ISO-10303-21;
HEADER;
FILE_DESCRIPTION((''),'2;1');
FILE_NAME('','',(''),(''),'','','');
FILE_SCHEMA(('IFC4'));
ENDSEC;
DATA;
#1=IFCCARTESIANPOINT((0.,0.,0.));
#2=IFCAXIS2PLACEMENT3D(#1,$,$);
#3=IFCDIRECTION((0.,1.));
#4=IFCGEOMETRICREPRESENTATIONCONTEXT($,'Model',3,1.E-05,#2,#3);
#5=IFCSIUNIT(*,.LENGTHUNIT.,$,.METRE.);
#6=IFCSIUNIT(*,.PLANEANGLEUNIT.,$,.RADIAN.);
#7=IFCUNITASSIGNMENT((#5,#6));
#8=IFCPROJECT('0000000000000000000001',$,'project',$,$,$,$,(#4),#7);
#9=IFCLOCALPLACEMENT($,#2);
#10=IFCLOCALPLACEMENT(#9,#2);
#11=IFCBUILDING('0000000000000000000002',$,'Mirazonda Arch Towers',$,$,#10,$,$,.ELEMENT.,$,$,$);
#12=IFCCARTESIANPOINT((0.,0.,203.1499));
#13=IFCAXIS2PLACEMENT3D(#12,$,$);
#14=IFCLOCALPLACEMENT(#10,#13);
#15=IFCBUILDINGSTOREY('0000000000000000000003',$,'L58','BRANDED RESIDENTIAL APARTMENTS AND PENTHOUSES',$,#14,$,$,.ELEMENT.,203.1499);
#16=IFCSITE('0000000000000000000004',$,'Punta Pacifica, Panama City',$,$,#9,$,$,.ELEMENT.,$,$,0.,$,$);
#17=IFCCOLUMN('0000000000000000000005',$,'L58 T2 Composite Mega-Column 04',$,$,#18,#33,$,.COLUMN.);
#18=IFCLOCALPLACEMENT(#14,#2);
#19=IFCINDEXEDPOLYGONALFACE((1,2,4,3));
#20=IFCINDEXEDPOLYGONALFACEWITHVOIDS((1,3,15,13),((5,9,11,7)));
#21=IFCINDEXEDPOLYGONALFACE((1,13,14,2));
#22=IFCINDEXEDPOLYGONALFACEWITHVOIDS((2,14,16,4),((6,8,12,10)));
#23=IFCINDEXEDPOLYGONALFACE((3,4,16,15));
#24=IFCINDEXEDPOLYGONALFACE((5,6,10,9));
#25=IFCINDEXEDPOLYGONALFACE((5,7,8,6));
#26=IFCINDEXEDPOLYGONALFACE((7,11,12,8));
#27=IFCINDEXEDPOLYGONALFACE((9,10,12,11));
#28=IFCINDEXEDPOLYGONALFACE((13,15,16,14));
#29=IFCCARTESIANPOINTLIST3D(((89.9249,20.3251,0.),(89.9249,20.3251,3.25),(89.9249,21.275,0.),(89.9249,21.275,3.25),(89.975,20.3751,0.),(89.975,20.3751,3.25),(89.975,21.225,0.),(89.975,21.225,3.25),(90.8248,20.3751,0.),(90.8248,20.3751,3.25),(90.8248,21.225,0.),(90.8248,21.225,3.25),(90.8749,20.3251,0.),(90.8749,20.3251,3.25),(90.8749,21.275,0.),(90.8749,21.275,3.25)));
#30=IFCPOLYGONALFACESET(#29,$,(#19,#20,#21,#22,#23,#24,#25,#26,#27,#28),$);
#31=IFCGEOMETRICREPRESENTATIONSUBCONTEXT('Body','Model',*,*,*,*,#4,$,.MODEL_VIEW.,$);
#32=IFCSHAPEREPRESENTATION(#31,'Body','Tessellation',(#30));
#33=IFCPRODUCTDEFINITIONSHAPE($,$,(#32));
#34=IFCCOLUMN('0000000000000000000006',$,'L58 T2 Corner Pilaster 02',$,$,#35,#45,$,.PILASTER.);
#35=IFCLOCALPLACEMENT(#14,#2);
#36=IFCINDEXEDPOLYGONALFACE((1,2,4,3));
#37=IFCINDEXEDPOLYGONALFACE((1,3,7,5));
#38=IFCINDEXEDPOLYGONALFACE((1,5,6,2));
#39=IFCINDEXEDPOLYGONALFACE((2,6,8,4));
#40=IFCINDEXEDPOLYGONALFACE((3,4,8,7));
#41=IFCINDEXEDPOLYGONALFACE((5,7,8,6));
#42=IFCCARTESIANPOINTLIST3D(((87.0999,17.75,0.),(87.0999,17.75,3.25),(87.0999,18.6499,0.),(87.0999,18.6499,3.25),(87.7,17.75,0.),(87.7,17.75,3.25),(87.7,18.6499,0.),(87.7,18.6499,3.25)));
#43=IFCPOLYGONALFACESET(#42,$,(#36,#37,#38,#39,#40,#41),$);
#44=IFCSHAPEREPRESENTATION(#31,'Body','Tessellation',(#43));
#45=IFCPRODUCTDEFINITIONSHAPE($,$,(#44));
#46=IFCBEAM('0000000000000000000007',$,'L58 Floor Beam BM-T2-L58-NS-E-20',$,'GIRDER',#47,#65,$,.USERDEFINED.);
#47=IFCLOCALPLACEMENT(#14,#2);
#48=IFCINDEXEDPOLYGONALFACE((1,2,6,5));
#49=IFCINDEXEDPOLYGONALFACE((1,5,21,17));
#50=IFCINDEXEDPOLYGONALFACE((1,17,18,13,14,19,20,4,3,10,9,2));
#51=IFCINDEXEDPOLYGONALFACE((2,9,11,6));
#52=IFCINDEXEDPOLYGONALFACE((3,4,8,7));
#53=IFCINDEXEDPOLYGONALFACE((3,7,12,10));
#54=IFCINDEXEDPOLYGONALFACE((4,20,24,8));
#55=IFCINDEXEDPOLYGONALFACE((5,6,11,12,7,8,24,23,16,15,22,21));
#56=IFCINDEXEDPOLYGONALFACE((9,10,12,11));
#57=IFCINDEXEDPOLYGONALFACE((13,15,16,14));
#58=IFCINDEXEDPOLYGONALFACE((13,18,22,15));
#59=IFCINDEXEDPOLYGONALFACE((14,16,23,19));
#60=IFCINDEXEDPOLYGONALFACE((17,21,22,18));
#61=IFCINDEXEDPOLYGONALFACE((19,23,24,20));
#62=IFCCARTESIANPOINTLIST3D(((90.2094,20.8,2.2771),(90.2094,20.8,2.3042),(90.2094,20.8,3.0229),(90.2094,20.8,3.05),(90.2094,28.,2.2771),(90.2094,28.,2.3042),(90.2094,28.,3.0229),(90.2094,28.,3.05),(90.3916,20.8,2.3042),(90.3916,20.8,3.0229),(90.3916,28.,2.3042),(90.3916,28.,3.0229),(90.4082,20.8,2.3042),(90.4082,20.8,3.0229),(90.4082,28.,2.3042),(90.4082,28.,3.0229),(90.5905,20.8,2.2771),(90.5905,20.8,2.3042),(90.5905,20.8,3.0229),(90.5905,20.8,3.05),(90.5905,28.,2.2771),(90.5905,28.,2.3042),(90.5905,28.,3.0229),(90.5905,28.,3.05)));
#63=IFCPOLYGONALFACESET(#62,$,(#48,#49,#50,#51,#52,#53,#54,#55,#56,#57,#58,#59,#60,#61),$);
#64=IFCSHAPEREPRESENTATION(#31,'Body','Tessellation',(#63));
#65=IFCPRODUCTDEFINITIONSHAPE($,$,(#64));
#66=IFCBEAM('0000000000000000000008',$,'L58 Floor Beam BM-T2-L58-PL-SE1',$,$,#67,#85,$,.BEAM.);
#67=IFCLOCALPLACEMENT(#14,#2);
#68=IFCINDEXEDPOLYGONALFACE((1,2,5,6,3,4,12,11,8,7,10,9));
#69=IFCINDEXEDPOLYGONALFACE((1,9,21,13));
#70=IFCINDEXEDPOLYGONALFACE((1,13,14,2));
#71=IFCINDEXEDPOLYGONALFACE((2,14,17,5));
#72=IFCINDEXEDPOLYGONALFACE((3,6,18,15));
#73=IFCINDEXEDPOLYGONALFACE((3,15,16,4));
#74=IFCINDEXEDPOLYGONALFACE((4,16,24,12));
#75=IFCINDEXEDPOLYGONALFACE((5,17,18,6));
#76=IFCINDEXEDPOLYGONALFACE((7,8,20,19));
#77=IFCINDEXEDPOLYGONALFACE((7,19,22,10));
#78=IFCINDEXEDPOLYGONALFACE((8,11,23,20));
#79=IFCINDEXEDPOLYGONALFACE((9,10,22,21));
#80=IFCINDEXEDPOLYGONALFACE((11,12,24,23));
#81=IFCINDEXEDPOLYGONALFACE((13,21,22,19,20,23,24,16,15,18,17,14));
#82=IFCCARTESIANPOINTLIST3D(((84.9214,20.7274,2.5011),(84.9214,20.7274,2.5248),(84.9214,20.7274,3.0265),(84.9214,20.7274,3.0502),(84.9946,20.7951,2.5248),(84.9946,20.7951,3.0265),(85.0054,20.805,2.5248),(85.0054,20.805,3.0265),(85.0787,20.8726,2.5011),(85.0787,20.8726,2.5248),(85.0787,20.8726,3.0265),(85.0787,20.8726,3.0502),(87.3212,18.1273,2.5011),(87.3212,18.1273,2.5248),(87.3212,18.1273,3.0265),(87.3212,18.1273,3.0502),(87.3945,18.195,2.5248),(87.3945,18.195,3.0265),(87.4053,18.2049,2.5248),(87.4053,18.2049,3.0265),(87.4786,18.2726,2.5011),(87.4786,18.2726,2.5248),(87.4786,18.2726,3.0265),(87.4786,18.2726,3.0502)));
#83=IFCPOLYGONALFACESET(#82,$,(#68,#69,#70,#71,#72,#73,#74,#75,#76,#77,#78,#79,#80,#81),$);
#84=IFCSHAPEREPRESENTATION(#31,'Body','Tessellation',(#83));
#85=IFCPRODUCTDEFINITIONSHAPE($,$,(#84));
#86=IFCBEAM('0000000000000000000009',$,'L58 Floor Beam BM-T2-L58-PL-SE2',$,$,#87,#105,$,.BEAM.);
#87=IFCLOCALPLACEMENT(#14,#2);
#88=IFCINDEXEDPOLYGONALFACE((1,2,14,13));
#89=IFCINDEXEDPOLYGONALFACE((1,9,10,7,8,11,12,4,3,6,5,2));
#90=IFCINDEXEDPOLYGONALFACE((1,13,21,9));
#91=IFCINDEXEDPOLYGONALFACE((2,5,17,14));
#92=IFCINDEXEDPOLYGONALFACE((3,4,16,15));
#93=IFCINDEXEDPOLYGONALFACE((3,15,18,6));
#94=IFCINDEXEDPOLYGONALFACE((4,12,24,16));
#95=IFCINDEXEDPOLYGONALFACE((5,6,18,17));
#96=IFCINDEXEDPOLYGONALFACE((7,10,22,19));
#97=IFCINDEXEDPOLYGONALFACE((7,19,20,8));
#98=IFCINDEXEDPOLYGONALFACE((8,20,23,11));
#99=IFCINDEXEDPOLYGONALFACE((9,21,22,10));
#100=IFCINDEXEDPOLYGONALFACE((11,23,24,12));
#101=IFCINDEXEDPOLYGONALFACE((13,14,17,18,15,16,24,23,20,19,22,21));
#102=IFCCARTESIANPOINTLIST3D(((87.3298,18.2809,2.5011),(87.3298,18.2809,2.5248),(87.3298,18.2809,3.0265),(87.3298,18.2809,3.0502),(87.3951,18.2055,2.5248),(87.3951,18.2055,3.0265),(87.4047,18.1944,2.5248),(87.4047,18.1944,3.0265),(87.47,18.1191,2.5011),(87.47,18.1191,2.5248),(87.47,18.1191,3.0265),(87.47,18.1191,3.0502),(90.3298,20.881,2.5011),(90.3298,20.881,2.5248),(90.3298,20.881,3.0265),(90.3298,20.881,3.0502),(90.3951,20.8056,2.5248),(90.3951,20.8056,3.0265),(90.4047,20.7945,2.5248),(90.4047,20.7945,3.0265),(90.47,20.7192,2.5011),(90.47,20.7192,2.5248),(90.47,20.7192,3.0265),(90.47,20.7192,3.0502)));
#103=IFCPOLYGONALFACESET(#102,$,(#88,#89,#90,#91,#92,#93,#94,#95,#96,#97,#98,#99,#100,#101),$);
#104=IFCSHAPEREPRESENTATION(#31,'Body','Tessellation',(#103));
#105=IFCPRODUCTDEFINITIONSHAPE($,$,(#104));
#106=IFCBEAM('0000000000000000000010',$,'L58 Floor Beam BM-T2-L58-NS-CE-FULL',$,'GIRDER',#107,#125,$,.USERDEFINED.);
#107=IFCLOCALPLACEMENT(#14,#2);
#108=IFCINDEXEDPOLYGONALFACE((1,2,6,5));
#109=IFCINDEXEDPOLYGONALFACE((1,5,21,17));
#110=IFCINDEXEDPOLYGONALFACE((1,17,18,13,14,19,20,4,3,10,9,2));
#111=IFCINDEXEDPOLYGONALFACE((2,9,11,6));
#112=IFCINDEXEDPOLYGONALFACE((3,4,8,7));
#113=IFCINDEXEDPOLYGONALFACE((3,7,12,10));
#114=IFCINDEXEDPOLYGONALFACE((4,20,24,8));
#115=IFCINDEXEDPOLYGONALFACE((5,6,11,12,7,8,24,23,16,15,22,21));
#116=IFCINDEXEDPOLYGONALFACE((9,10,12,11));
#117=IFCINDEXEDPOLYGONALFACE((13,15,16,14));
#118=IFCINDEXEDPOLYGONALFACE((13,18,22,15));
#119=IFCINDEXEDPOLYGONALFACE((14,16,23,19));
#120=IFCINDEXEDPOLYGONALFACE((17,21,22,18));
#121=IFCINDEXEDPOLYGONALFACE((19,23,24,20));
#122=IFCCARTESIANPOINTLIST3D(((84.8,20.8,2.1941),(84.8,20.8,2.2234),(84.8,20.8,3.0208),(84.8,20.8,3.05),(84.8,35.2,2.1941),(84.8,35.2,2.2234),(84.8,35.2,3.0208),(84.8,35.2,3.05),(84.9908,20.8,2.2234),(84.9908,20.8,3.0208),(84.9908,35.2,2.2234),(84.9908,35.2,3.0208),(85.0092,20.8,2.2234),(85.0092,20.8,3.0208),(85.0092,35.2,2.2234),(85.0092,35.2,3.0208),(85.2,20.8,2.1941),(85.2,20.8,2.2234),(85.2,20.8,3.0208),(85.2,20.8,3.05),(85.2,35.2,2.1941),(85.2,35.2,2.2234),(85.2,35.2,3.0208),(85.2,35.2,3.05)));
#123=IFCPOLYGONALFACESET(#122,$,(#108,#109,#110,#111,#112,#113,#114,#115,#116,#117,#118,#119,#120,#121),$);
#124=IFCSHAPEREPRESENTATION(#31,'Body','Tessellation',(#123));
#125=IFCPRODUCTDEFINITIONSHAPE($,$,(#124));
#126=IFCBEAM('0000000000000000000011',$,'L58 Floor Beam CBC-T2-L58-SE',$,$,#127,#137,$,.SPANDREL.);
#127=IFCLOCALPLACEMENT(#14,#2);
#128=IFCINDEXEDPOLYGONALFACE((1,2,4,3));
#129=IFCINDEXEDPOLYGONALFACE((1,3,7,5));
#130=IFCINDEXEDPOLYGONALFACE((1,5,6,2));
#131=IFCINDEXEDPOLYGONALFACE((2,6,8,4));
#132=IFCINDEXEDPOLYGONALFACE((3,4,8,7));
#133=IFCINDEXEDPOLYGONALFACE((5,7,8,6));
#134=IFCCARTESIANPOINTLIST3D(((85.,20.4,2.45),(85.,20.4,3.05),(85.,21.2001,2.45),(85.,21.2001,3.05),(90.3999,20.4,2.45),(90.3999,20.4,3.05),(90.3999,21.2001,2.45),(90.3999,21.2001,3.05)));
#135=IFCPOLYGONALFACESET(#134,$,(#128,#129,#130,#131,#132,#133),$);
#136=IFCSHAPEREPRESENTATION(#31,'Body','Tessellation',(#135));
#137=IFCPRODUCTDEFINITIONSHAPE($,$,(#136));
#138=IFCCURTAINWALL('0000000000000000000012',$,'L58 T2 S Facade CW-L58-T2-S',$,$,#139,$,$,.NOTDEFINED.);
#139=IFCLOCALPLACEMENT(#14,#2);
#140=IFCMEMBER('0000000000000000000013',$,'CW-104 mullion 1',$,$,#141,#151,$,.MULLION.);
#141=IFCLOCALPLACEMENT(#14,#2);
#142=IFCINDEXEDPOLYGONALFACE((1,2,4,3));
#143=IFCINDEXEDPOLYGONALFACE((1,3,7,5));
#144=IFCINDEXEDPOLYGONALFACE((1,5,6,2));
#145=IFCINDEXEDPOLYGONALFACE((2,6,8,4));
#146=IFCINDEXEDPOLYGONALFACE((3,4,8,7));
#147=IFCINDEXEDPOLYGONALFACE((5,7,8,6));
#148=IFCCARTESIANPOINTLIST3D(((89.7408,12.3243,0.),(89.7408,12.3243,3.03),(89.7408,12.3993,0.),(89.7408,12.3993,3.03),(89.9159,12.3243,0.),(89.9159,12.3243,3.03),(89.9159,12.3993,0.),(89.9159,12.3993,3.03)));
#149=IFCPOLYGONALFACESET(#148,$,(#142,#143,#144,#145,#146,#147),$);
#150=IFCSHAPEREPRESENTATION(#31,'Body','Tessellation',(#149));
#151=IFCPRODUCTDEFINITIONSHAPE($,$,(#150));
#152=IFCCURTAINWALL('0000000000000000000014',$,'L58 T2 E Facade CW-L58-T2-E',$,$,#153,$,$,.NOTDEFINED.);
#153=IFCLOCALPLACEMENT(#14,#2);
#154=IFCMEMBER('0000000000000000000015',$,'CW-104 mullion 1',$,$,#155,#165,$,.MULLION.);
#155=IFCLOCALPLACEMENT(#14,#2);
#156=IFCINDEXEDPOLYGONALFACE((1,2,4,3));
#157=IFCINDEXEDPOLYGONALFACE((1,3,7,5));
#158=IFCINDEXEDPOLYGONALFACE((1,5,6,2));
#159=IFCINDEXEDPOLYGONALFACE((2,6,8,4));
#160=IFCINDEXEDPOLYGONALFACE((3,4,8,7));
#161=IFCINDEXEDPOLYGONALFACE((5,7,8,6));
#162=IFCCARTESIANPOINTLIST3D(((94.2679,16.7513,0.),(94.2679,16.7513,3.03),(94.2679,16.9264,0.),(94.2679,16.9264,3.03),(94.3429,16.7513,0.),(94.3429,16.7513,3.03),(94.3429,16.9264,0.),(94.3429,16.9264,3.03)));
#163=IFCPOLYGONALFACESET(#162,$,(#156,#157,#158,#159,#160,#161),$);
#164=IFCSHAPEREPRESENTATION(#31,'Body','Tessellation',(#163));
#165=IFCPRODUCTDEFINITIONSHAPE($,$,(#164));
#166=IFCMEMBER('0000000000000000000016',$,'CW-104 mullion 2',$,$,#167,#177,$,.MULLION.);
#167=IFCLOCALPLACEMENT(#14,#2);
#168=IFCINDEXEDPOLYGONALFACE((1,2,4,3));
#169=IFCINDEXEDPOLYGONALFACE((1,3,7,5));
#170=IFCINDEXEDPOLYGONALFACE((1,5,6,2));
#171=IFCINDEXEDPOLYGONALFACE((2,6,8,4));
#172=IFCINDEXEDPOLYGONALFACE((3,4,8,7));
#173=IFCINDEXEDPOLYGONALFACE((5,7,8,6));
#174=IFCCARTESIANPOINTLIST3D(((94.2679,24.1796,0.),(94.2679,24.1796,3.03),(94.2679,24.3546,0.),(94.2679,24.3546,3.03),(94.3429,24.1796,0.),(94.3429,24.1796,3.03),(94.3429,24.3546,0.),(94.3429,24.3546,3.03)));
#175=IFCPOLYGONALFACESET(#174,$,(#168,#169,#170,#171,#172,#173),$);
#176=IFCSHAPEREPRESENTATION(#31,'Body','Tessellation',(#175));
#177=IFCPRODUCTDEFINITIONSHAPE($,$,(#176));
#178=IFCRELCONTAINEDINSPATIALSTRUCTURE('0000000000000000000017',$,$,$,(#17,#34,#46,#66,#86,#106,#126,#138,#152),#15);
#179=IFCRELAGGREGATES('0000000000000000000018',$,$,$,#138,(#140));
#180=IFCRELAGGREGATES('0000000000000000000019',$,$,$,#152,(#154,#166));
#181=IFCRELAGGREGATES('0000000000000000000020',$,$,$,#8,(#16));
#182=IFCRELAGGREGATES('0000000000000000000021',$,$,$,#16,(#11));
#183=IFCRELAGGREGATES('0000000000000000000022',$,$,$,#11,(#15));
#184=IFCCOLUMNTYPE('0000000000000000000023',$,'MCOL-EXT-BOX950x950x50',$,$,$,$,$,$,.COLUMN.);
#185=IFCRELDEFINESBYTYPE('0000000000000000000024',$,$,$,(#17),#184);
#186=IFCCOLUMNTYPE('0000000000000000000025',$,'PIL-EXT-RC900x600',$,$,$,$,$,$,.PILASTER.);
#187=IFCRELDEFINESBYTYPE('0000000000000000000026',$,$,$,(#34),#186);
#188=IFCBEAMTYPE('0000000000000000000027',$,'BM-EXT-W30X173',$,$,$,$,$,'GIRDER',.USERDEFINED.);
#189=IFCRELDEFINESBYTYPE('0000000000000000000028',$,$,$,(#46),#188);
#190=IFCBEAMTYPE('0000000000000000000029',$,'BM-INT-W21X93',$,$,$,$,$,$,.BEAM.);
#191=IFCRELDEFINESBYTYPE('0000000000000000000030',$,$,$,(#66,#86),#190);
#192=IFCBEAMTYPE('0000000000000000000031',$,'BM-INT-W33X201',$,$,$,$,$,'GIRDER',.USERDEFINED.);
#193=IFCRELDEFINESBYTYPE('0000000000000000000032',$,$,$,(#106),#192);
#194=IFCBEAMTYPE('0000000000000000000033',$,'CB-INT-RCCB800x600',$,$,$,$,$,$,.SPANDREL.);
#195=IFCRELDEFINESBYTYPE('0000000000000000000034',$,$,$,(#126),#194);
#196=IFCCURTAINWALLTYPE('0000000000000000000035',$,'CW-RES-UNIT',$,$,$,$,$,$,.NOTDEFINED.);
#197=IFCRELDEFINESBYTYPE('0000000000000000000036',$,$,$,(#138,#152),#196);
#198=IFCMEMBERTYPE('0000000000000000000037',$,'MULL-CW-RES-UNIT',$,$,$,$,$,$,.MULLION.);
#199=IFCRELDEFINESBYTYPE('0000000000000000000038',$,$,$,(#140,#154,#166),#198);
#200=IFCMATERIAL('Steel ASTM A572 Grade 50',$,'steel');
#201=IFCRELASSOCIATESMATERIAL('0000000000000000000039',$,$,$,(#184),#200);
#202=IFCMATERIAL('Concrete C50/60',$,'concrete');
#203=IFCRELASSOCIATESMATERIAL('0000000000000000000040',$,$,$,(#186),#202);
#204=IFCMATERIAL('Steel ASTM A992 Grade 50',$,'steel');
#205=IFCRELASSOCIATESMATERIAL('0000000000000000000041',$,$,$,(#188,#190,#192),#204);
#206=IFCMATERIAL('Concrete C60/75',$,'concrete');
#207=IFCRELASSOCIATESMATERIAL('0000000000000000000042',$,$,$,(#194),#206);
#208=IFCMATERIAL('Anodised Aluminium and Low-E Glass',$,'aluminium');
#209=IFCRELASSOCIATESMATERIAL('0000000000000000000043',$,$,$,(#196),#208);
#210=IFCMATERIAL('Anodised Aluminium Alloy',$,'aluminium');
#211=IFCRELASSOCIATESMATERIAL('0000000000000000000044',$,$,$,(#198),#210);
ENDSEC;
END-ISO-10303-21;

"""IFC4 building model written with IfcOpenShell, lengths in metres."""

from ifc_helpers import new_model, si_unit, direction, frame, origin, origin_2d, place, context, subcontext, project, spatial, rectangle, hollow_rectangle, i_section, extrude, material, material_profile, profile_set, type_object, element, aggregate, save


model = new_model("IFC4")

# Units and contexts
model_context = context("Model", 3, precision=1e-05, world=origin(), true_north=direction((0.0, 1.0)))
body_context = subcontext(model_context, "Body", "Model", "MODEL_VIEW")
ifc_project = project(units=[si_unit("LENGTHUNIT", "METRE"), si_unit("PLANEANGLEUNIT", "RADIAN")], contexts=[model_context])

# Site, building, storey
site_placement = place(None, origin())
site = spatial("IfcSite", under=ifc_project, at=site_placement, Name="Punta Pacifica, Panama City", CompositionType="ELEMENT", RefElevation=0.0)
building_placement = place(site_placement, origin())
building = spatial("IfcBuilding", under=site, at=building_placement, Name="Mirazonda Arch Towers", CompositionType="ELEMENT")
storey_placement = place(building_placement, frame((0.0, 0.0, 203.1499)))
storey = spatial("IfcBuildingStorey", under=building, at=storey_placement, Name="L58", Description="BRANDED RESIDENTIAL APARTMENTS AND PENTHOUSES", CompositionType="ELEMENT", Elevation=203.1499)

# Columns
ifc_material_1 = material(Name="Steel ASTM A572 Grade 50", Category="steel")
ifc_material_profile_1 = material_profile(ifc_material_1, hollow_rectangle(XDim=0.95, YDim=0.95, WallThickness=0.05, at=origin_2d()), Name="BOX950x950x50")
ifc_profile_set_1 = profile_set([ifc_material_profile_1], Name="Steel ASTM A572 Grade 50")
column_type_1 = type_object("IfcColumnType", Name="MCOL-EXT-BOX950x950x50", PredefinedType="COLUMN", material=ifc_profile_set_1)
column_1_placement = place(storey_placement, frame((90.3999, 20.8, 0.0), z_axis=(0.0, 0.0, 1.0), x_axis=(1.0, 0.0, 0.0)))
element("IfcColumn", 1, at=column_1_placement, inside=storey, type_object=column_type_1, Name="L58 T2 Composite Mega-Column 04", PredefinedType="COLUMN", context=body_context, shape_type="SweptSolid", body=[
    extrude(hollow_rectangle(XDim=0.95, YDim=0.95, WallThickness=0.05, at=origin_2d()), origin(), (0.0, 0.0, 1.0), 3.25),
])
ifc_material_2 = material(Name="Concrete C50/60", Category="concrete")
ifc_material_profile_2 = material_profile(ifc_material_2, rectangle(XDim=0.6001, YDim=0.8999, at=origin_2d()), Name="RC900x600")
ifc_profile_set_2 = profile_set([ifc_material_profile_2], Name="Concrete C50/60")
column_type_2 = type_object("IfcColumnType", Name="PIL-EXT-RC900x600", PredefinedType="PILASTER", material=ifc_profile_set_2)
column_2_placement = place(storey_placement, frame((87.3999, 18.2, 0.0), z_axis=(0.0, 0.0, 1.0), x_axis=(1.0, 0.0, 0.0)))
element("IfcColumn", 2, at=column_2_placement, inside=storey, type_object=column_type_2, Name="L58 T2 Corner Pilaster 02", PredefinedType="PILASTER", context=body_context, shape_type="SweptSolid", body=[
    extrude(rectangle(XDim=0.6001, YDim=0.8999, at=origin_2d()), origin(), (0.0, 0.0, 1.0), 3.25),
])

# Beams
ifc_material_3 = material(Name="Steel ASTM A992 Grade 50", Category="steel")
ifc_material_profile_3 = material_profile(ifc_material_3, i_section(OverallWidth=0.3811, OverallDepth=0.7729, WebThickness=0.0166, FlangeThickness=0.0271, at=origin_2d()), Name="W30X173")
ifc_profile_set_3 = profile_set([ifc_material_profile_3], Name="Steel ASTM A992 Grade 50")
beam_type_1 = type_object("IfcBeamType", Name="BM-EXT-W30X173", ElementType="GIRDER", PredefinedType="USERDEFINED", material=ifc_profile_set_3)
beam_1_placement = place(storey_placement, frame((90.3999, 20.8, 2.6636), z_axis=(0.0, 1.0, 0.0), x_axis=(-1.0, 0.0, 0.0)))
element("IfcBeam", 3, at=beam_1_placement, inside=storey, type_object=beam_type_1, Name="L58 Floor Beam BM-T2-L58-NS-E-20", ObjectType="GIRDER", PredefinedType="USERDEFINED", context=body_context, shape_type="SweptSolid", body=[
    extrude(i_section(OverallWidth=0.3811, OverallDepth=0.7729, WebThickness=0.0166, FlangeThickness=0.0271, at=origin_2d()), origin(), (0.0, 0.0, 1.0), 7.2),
])
ifc_material_profile_4 = material_profile(ifc_material_3, i_section(OverallWidth=0.2141, OverallDepth=0.5491, WebThickness=0.0146, FlangeThickness=0.0237, at=origin_2d()), Name="W21X93")
ifc_profile_set_4 = profile_set([ifc_material_profile_4], Name="Steel ASTM A992 Grade 50")
beam_type_2 = type_object("IfcBeamType", Name="BM-INT-W21X93", PredefinedType="BEAM", material=ifc_profile_set_4)
beam_2_placement = place(storey_placement, frame((87.3999, 18.2, 2.7756), z_axis=(-0.678251, 0.73483, 0.0), x_axis=(-0.73483, -0.678251, 0.0)))
element("IfcBeam", 4, at=beam_2_placement, inside=storey, type_object=beam_type_2, Name="L58 Floor Beam BM-T2-L58-PL-SE1", PredefinedType="BEAM", context=body_context, shape_type="SweptSolid", body=[
    extrude(i_section(OverallWidth=0.2141, OverallDepth=0.5491, WebThickness=0.0146, FlangeThickness=0.0237, at=origin_2d()), origin(), (0.0, 0.0, 1.0), 3.5383),
])
beam_3_placement = place(storey_placement, frame((87.3999, 18.2, 2.7756), z_axis=(0.755677, 0.654945, 0.0), x_axis=(-0.654945, 0.755677, 0.0)))
element("IfcBeam", 5, at=beam_3_placement, inside=storey, type_object=beam_type_2, Name="L58 Floor Beam BM-T2-L58-PL-SE2", PredefinedType="BEAM", context=body_context, shape_type="SweptSolid", body=[
    extrude(i_section(OverallWidth=0.2141, OverallDepth=0.5491, WebThickness=0.0146, FlangeThickness=0.0237, at=origin_2d()), origin(), (0.0, 0.0, 1.0), 3.97),
])
ifc_material_profile_5 = material_profile(ifc_material_3, i_section(OverallWidth=0.3999, OverallDepth=0.856, WebThickness=0.0183, FlangeThickness=0.0293, at=origin_2d()), Name="W33X201")
ifc_profile_set_5 = profile_set([ifc_material_profile_5], Name="Steel ASTM A992 Grade 50")
beam_type_3 = type_object("IfcBeamType", Name="BM-INT-W33X201", ElementType="GIRDER", PredefinedType="USERDEFINED", material=ifc_profile_set_5)
beam_4_placement = place(storey_placement, frame((85.0, 20.8, 2.6221), z_axis=(0.0, 1.0, 0.0), x_axis=(-1.0, 0.0, 0.0)))
element("IfcBeam", 6, at=beam_4_placement, inside=storey, type_object=beam_type_3, Name="L58 Floor Beam BM-T2-L58-NS-CE-FULL", ObjectType="GIRDER", PredefinedType="USERDEFINED", context=body_context, shape_type="SweptSolid", body=[
    extrude(i_section(OverallWidth=0.3999, OverallDepth=0.856, WebThickness=0.0183, FlangeThickness=0.0293, at=origin_2d()), origin(), (0.0, 0.0, 1.0), 14.3999),
])
ifc_material_4 = material(Name="Concrete C60/75", Category="concrete")
ifc_material_profile_6 = material_profile(ifc_material_4, rectangle(XDim=0.8, YDim=0.6001, at=origin_2d()), Name="RCCB800x600")
ifc_profile_set_6 = profile_set([ifc_material_profile_6], Name="Concrete C60/75")
beam_type_4 = type_object("IfcBeamType", Name="CB-INT-RCCB800x600", PredefinedType="SPANDREL", material=ifc_profile_set_6)
beam_5_placement = place(storey_placement, frame((85.0, 20.8, 2.75), z_axis=(1.0, 0.0, 0.0), x_axis=(0.0, 1.0, 0.0)))
element("IfcBeam", 7, at=beam_5_placement, inside=storey, type_object=beam_type_4, Name="L58 Floor Beam CBC-T2-L58-SE", PredefinedType="SPANDREL", context=body_context, shape_type="SweptSolid", body=[
    extrude(rectangle(XDim=0.8, YDim=0.6001, at=origin_2d()), origin(), (0.0, 0.0, 1.0), 5.3999),
])

# Curtain wall, member
ifc_material_5 = material(Name="Anodised Aluminium and Low-E Glass", Category="aluminium")
curtain_wall_type = type_object("IfcCurtainWallType", Name="CW-RES-UNIT", PredefinedType="NOTDEFINED", material=ifc_material_5)
curtain_wall_1_placement = place(storey_placement, origin())
curtain_wall_1 = element("IfcCurtainWall", 8, at=curtain_wall_1_placement, inside=storey, type_object=curtain_wall_type, Name="L58 T2 S Facade CW-L58-T2-S", PredefinedType="NOTDEFINED")
ifc_material_6 = material(Name="Anodised Aluminium Alloy", Category="aluminium")
ifc_material_profile_7 = material_profile(ifc_material_6, rectangle(XDim=0.075, YDim=0.175, at=origin_2d()), Name="ALU-MULL-75x175")
ifc_profile_set_7 = profile_set([ifc_material_profile_7], Name="Anodised Aluminium Alloy")
member_type_1 = type_object("IfcMemberType", Name="MULL-CW-RES-UNIT", PredefinedType="MULLION", material=ifc_profile_set_7)
member_1_placement = place(storey_placement, frame((89.8284, 12.3618, 0.0), z_axis=(0.0, 0.0, 1.0), x_axis=(0.0, -1.0, 0.0)))
member_1 = element("IfcMember", 9, at=member_1_placement, type_object=member_type_1, Name="CW-104 mullion 1", PredefinedType="MULLION", context=body_context, shape_type="SweptSolid", body=[
    extrude(rectangle(XDim=0.075, YDim=0.175, at=origin_2d()), origin(), (0.0, 0.0, 1.0), 3.03),
])

# Curtain wall, members
curtain_wall_2_placement = place(storey_placement, origin())
curtain_wall_2 = element("IfcCurtainWall", 10, at=curtain_wall_2_placement, inside=storey, type_object=curtain_wall_type, Name="L58 T2 E Facade CW-L58-T2-E", PredefinedType="NOTDEFINED")
member_2_placement = place(storey_placement, frame((94.3054, 16.8389, 0.0), z_axis=(0.0, 0.0, 1.0), x_axis=(-1.0, 0.0, 0.0)))
member_2 = element("IfcMember", 11, at=member_2_placement, type_object=member_type_1, Name="CW-104 mullion 1", PredefinedType="MULLION", context=body_context, shape_type="SweptSolid", body=[
    extrude(rectangle(XDim=0.075, YDim=0.175, at=origin_2d()), origin(), (0.0, 0.0, 1.0), 3.03),
])
member_3_placement = place(storey_placement, frame((94.3054, 24.2671, 0.0), z_axis=(0.0, 0.0, 1.0), x_axis=(-1.0, 0.0, 0.0)))
member_3 = element("IfcMember", 12, at=member_3_placement, type_object=member_type_1, Name="CW-104 mullion 2", PredefinedType="MULLION", context=body_context, shape_type="SweptSolid", body=[
    extrude(rectangle(XDim=0.075, YDim=0.175, at=origin_2d()), origin(), (0.0, 0.0, 1.0), 3.03),
])

aggregate(curtain_wall_1, [member_1])
aggregate(curtain_wall_2, [member_2, member_3])

save(model, "model.ifc")
